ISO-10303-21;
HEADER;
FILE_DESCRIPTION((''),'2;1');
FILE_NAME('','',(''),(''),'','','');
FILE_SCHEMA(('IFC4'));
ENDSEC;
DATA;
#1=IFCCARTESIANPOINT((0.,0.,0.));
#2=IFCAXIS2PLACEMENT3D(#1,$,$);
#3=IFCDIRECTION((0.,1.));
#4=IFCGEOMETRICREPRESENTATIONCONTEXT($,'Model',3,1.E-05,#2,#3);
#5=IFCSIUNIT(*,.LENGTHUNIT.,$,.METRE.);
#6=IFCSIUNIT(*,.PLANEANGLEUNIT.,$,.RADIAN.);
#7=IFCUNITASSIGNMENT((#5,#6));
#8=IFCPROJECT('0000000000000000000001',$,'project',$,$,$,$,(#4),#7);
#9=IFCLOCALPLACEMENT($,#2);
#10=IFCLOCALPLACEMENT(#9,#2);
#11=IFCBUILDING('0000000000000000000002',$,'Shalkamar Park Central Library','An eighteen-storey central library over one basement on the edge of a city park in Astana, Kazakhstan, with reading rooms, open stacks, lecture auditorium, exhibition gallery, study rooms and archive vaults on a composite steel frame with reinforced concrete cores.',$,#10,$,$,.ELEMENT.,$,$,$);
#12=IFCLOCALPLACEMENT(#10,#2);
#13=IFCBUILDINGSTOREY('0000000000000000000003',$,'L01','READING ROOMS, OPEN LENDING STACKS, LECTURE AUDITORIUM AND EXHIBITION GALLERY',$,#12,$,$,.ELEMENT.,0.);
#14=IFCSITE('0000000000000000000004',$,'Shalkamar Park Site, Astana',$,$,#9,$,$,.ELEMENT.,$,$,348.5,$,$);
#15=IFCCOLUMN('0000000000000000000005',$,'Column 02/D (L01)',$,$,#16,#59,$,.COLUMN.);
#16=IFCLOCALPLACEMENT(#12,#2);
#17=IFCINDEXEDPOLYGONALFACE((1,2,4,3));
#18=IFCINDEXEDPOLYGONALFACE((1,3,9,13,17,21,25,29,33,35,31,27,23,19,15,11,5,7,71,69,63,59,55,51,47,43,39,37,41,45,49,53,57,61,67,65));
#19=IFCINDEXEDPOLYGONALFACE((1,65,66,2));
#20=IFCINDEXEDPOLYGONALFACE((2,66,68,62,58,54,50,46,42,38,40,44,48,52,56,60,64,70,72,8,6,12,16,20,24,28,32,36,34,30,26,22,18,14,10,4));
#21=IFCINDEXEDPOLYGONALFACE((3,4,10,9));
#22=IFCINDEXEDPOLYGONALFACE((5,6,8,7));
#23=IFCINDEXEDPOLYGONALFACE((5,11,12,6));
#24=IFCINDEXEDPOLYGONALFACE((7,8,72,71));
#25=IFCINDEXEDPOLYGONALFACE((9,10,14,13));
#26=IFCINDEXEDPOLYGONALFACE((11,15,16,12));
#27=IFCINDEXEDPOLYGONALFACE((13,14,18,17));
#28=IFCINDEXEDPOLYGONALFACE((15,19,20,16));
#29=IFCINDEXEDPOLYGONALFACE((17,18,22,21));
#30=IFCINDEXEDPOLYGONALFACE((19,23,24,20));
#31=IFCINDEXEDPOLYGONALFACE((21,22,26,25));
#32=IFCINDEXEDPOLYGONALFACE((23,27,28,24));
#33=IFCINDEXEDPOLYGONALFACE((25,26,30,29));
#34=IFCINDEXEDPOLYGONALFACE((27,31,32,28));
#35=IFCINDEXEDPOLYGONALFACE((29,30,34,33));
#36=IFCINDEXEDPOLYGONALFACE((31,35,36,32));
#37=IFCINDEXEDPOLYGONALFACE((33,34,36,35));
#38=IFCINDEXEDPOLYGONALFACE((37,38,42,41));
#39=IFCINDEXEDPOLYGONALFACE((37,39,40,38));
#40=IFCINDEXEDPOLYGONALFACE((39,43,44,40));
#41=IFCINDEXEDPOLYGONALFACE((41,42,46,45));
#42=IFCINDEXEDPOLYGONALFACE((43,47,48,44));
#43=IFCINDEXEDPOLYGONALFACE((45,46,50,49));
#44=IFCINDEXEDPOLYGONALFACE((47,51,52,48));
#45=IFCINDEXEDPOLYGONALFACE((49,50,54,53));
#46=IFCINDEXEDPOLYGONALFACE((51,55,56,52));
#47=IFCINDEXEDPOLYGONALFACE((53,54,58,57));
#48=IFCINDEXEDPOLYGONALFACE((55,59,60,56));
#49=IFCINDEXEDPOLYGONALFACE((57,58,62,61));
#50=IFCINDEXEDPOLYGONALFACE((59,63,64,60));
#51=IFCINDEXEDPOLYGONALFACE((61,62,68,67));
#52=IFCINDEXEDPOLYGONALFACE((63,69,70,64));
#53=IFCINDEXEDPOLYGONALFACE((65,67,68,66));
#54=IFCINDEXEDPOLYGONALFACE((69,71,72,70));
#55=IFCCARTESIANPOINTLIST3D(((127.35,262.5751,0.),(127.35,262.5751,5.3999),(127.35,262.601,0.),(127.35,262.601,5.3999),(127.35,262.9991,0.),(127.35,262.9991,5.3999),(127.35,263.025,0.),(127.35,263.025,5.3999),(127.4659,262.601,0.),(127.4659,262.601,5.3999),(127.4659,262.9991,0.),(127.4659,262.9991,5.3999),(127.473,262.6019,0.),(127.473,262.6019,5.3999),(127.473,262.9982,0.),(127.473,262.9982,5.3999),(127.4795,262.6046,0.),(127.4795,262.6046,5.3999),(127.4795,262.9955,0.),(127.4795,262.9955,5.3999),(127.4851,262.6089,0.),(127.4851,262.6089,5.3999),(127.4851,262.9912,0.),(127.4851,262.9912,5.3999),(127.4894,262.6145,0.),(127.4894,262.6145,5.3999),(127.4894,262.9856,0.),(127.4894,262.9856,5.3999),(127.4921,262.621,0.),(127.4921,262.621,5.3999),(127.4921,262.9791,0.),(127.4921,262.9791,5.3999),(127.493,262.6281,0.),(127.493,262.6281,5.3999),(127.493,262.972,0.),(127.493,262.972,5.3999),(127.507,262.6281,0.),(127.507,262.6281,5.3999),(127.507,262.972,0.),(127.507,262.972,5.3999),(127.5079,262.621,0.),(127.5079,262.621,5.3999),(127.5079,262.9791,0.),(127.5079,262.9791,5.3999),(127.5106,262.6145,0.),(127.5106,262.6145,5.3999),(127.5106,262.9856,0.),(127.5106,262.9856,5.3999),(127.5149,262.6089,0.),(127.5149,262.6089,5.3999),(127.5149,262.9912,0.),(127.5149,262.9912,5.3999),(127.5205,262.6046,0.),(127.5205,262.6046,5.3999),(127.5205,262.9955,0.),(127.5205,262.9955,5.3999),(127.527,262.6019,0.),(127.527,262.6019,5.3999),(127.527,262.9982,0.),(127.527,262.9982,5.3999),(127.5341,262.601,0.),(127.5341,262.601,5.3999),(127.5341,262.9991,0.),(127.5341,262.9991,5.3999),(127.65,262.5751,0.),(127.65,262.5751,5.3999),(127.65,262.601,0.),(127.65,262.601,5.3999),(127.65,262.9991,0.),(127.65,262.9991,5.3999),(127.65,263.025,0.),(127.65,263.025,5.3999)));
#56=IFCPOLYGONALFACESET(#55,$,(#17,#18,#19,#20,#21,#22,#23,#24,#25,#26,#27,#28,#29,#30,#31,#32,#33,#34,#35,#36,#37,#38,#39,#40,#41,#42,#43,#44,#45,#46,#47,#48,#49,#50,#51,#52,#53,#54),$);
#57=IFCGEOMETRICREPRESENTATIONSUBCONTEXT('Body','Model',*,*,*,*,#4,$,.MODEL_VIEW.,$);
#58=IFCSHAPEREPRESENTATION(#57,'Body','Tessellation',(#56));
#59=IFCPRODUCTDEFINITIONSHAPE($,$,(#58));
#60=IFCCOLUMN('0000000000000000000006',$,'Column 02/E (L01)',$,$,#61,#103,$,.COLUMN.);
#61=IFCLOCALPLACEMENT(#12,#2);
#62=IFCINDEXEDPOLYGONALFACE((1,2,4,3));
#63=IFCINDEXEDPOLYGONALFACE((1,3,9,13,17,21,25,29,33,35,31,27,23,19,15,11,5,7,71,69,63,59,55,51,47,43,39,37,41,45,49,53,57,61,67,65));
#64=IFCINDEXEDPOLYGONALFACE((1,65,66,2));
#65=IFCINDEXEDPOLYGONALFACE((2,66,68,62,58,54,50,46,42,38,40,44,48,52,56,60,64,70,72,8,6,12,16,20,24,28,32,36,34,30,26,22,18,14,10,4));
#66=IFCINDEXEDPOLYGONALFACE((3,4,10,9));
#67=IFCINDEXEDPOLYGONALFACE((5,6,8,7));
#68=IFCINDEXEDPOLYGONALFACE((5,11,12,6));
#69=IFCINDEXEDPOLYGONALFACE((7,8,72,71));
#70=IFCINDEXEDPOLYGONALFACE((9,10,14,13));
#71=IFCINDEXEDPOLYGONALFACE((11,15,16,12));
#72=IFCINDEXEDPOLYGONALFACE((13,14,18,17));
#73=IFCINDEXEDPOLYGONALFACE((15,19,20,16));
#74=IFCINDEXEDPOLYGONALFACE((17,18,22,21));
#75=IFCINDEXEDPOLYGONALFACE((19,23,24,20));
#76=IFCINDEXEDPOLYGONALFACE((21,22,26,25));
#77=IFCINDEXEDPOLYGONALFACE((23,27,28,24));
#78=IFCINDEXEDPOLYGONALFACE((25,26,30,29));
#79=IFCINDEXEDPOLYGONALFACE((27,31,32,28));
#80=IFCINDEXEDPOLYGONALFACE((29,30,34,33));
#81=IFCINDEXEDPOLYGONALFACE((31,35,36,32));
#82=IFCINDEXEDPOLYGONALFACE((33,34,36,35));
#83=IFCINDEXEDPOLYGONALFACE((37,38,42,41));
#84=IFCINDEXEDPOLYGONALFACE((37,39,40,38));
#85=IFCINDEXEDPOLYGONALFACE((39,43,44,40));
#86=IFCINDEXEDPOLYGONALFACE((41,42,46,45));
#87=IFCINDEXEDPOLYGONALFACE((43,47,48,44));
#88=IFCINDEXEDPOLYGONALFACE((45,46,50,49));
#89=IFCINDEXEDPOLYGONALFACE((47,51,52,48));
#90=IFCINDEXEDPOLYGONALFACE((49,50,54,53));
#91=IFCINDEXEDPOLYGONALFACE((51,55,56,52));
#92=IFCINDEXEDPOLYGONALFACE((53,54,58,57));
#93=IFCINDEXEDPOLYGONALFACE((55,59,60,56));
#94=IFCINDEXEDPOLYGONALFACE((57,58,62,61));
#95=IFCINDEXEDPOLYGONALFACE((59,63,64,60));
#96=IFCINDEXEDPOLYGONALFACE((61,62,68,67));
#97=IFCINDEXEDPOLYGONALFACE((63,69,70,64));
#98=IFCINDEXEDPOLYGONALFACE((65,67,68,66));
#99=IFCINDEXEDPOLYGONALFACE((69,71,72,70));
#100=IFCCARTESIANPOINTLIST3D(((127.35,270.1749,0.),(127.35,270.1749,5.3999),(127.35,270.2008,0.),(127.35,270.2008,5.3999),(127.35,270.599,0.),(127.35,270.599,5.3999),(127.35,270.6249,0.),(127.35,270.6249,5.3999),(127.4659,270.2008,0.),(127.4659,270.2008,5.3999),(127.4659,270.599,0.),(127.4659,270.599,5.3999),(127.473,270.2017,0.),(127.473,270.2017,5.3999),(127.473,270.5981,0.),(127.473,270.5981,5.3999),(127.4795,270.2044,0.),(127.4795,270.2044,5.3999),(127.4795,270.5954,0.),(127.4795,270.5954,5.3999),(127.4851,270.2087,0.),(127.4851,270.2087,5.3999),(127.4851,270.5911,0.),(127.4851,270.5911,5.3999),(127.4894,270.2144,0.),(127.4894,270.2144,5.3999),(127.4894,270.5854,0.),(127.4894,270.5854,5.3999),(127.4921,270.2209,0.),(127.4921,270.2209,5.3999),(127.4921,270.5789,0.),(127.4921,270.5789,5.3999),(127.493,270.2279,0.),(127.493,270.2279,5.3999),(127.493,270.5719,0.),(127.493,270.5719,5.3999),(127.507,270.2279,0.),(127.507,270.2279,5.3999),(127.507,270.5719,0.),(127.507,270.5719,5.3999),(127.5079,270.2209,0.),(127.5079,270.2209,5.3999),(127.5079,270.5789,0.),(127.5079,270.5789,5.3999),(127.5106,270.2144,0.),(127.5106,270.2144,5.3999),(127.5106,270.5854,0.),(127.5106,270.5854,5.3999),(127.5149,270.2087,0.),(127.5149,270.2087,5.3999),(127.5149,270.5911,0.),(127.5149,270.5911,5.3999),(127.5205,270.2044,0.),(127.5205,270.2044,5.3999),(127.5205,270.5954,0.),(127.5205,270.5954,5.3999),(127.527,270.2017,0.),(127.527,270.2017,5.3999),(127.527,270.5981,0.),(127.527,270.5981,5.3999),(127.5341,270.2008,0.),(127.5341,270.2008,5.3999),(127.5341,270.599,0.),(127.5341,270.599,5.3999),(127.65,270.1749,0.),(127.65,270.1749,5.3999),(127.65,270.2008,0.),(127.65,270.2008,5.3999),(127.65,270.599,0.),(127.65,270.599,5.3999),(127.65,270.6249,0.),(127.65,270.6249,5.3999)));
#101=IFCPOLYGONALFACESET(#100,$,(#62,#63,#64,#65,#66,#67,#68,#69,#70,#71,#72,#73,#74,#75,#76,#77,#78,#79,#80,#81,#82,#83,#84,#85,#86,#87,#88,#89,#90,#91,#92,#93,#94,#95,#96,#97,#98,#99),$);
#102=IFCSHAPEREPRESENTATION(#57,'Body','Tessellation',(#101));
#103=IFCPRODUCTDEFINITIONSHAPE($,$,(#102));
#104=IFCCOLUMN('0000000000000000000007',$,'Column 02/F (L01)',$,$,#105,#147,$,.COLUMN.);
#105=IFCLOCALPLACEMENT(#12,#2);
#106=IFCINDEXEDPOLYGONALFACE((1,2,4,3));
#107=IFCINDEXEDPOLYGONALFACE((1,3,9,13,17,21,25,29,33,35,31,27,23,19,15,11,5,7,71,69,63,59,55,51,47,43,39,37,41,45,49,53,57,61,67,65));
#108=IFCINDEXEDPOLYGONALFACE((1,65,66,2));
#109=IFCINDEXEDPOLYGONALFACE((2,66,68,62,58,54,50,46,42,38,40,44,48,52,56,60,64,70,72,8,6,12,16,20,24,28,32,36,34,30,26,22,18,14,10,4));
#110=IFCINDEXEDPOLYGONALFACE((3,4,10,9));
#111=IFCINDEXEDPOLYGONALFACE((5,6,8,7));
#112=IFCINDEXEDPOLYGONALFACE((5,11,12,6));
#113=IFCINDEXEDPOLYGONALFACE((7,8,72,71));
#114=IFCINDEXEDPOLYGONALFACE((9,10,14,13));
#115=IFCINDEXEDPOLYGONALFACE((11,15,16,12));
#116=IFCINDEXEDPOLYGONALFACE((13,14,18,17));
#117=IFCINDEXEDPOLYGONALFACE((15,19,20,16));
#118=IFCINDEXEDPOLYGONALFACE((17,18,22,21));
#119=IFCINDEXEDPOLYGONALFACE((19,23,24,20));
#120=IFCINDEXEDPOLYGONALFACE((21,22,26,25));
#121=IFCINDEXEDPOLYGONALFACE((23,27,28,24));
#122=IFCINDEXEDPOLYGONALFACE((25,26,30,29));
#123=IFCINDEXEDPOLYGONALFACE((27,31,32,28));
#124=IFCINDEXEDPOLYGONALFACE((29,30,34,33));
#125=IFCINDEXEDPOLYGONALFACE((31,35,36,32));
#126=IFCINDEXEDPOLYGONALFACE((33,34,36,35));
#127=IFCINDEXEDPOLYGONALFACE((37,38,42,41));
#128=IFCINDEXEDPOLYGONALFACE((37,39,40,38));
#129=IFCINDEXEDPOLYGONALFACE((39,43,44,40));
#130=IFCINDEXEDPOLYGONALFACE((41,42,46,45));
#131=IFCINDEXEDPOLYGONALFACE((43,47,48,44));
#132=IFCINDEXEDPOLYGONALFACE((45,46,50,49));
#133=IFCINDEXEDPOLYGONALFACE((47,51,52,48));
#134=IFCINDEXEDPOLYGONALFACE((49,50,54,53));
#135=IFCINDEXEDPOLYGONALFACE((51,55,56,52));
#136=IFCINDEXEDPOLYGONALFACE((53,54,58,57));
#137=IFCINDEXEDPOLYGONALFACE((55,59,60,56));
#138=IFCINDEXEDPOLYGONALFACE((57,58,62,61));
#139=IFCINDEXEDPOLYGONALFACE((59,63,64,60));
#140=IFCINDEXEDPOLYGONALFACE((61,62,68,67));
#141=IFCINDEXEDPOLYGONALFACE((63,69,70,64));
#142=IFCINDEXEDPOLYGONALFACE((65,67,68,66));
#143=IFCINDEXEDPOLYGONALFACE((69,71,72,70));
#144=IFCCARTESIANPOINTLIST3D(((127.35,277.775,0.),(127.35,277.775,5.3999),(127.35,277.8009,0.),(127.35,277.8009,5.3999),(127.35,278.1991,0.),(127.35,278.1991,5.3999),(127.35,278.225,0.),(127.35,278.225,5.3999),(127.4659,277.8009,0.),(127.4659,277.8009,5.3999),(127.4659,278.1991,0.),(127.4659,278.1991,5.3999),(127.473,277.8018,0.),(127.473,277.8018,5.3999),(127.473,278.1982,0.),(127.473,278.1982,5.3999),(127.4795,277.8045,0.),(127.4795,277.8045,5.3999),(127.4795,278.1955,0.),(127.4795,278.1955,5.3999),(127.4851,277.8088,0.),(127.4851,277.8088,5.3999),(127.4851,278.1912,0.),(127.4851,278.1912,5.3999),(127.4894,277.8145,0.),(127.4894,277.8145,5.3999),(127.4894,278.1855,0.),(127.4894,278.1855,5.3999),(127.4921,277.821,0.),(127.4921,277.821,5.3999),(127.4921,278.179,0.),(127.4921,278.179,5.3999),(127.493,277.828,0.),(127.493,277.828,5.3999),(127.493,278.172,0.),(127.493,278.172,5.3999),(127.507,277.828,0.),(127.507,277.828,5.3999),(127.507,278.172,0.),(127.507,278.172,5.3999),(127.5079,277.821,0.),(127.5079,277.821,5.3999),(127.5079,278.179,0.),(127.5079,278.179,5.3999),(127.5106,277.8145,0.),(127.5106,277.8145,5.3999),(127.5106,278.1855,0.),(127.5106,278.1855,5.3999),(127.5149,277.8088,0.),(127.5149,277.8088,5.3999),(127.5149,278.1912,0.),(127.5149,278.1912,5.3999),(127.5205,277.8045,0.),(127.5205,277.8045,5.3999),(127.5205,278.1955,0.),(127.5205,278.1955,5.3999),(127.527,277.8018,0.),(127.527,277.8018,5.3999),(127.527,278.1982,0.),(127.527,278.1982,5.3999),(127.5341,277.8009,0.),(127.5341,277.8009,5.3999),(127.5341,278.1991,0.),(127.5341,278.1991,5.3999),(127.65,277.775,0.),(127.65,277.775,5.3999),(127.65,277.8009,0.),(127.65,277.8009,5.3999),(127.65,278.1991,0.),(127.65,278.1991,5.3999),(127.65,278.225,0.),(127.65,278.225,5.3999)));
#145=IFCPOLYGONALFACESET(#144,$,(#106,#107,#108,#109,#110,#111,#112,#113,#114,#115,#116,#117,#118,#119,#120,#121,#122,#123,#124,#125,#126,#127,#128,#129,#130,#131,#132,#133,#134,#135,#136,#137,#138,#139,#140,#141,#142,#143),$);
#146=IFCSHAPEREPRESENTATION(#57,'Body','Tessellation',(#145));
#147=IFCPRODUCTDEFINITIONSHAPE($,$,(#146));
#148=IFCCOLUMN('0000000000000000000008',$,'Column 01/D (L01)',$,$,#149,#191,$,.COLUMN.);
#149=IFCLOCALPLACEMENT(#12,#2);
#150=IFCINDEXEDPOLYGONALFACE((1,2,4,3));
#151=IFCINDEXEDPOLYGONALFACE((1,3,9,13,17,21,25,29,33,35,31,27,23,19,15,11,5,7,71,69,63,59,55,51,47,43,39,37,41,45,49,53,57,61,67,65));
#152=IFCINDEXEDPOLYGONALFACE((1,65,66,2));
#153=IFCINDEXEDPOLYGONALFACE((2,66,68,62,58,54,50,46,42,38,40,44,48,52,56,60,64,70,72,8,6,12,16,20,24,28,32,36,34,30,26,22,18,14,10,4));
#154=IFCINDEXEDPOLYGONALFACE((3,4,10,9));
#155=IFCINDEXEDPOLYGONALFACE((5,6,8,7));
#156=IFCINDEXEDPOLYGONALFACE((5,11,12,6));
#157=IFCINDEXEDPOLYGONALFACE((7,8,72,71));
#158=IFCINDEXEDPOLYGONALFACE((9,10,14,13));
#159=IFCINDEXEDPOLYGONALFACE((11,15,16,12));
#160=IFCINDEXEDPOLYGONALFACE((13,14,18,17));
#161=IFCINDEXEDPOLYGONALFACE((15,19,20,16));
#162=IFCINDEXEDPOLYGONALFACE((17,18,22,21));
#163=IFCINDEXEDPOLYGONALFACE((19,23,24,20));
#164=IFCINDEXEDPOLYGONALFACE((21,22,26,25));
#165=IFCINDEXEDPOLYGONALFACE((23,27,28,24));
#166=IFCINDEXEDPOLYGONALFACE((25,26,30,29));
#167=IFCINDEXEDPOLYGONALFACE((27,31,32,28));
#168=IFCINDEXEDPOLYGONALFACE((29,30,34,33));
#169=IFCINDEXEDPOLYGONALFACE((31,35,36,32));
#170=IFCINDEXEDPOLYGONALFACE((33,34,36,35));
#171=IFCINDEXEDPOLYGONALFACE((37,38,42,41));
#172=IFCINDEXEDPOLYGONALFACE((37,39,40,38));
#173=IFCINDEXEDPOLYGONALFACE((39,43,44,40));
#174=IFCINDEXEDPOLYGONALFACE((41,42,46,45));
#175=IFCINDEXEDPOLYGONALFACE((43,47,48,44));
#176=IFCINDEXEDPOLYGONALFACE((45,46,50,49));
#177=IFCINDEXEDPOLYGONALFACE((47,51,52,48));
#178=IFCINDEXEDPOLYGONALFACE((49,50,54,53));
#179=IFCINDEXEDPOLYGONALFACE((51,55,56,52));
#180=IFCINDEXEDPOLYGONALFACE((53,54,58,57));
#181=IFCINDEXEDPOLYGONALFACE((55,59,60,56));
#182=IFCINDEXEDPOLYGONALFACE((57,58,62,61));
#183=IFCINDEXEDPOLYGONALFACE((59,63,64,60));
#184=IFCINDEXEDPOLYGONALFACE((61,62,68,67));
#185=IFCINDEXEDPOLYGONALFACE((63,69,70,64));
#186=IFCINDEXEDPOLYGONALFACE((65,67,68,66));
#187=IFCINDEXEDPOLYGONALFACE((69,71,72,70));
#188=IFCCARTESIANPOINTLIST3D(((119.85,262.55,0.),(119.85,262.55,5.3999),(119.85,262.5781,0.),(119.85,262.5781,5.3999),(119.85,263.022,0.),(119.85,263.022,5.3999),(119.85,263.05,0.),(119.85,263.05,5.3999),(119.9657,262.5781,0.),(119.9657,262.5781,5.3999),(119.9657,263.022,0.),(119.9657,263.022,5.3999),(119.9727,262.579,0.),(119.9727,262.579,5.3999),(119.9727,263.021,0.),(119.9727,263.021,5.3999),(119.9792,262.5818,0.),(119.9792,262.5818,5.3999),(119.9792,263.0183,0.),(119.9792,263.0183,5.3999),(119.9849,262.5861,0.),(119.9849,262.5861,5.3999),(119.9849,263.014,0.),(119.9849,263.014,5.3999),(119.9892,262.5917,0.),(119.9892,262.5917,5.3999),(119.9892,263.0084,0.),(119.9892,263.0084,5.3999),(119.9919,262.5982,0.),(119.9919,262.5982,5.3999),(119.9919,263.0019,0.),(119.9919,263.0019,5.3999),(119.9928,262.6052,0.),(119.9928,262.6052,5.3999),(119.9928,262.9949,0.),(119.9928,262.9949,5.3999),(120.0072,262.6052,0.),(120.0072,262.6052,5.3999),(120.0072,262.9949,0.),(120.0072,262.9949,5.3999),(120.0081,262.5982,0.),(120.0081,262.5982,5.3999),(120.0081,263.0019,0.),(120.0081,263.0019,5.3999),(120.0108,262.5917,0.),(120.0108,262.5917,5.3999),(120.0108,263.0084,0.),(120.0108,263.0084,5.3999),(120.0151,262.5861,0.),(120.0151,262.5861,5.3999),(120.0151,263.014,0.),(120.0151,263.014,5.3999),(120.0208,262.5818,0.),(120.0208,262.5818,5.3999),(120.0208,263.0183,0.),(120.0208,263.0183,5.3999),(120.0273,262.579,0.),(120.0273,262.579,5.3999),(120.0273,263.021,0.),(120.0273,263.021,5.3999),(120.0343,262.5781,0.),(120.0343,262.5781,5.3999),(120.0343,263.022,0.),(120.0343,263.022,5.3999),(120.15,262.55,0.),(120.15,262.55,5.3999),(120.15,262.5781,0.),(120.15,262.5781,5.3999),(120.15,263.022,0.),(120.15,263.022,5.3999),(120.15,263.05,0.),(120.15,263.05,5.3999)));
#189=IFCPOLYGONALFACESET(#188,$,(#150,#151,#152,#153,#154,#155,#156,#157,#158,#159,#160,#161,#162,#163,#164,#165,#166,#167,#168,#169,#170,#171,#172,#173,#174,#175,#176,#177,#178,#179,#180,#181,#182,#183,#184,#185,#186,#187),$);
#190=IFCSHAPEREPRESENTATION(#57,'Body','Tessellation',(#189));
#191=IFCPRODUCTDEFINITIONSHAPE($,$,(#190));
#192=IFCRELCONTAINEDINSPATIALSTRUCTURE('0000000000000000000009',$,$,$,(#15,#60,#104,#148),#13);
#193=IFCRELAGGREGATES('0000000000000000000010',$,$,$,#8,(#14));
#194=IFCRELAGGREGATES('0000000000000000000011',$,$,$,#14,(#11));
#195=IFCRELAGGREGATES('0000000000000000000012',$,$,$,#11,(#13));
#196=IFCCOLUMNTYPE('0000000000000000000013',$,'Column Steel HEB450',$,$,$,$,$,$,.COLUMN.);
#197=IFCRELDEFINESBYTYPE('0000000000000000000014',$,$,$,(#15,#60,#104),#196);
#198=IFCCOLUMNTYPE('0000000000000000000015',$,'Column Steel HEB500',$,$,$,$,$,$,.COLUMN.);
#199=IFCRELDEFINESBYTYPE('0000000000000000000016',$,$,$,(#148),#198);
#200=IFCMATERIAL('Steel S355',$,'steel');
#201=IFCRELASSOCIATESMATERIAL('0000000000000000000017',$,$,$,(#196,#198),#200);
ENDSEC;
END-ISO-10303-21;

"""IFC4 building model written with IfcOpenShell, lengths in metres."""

from ifc_helpers import new_model, si_unit, direction, frame, origin, origin_2d, place, context, subcontext, project, spatial, i_section, extrude, material, material_profile, profile_set, type_object, element, save


model = new_model("IFC4")

# Units and contexts
model_context = context("Model", 3, precision=1e-05, world=origin(), true_north=direction((0.0, 1.0)))
body_context = subcontext(model_context, "Body", "Model", "MODEL_VIEW")
ifc_project = project(units=[si_unit("LENGTHUNIT", "METRE"), si_unit("PLANEANGLEUNIT", "RADIAN")], contexts=[model_context])

# Site, building, storey
site_placement = place(None, origin())
site = spatial("IfcSite", under=ifc_project, at=site_placement, Name="Shalkamar Park Site, Astana", CompositionType="ELEMENT", RefElevation=348.5)
building_placement = place(site_placement, origin())
building = spatial("IfcBuilding", under=site, at=building_placement, Name="Shalkamar Park Central Library", Description="An eighteen-storey central library over one basement on the edge of a city park in Astana, Kazakhstan, with reading rooms, open stacks, lecture auditorium, exhibition gallery, study rooms and archive vaults on a composite steel frame with reinforced concrete cores.", CompositionType="ELEMENT")
storey_placement = place(building_placement, origin())
storey = spatial("IfcBuildingStorey", under=building, at=storey_placement, Name="L01", Description="READING ROOMS, OPEN LENDING STACKS, LECTURE AUDITORIUM AND EXHIBITION GALLERY", CompositionType="ELEMENT", Elevation=0.0)

# Columns
ifc_material_1 = material(Name="Steel S355", Category="steel")
ifc_material_profile_1 = material_profile(ifc_material_1, i_section(OverallWidth=0.3, OverallDepth=0.45, WebThickness=0.0139, FlangeThickness=0.0259, FilletRadius=0.0271, at=origin_2d()), Name="HEB 450")
ifc_profile_set_1 = profile_set([ifc_material_profile_1], Name="Steel S355")
column_type_1 = type_object("IfcColumnType", Name="Column Steel HEB450", PredefinedType="COLUMN", material=ifc_profile_set_1)
for number, where, z_axis, x_axis, name in (
    (1, (127.5, 262.8, 0.0), (0.0, 0.0, 1.0), (1.0, 0.0, 0.0), "Column 02/D (L01)"),
    (2, (127.5, 270.3999, 0.0), (0.0, 0.0, 1.0), (1.0, 0.0, 0.0), "Column 02/E (L01)"),
    (3, (127.5, 278.0, 0.0), (0.0, 0.0, 1.0), (1.0, 0.0, 0.0), "Column 02/F (L01)"),
):
    element("IfcColumn", number, at=place(storey_placement, frame(where, z_axis=z_axis, x_axis=x_axis)), inside=storey, type_object=column_type_1, Name=name, PredefinedType="COLUMN", context=body_context, shape_type="SweptSolid", body=[
        extrude(i_section(OverallWidth=0.3, OverallDepth=0.45, WebThickness=0.0139, FlangeThickness=0.0259, FilletRadius=0.0271, at=origin_2d()), origin(), (0.0, 0.0, 1.0), 5.3999),
    ])
ifc_material_profile_2 = material_profile(ifc_material_1, i_section(OverallWidth=0.3, OverallDepth=0.5, WebThickness=0.0144, FlangeThickness=0.0281, FilletRadius=0.0271, at=origin_2d()), Name="HEB 500")
ifc_profile_set_2 = profile_set([ifc_material_profile_2], Name="Steel S355")
column_type_2 = type_object("IfcColumnType", Name="Column Steel HEB500", PredefinedType="COLUMN", material=ifc_profile_set_2)
for number, where, z_axis, x_axis, name in (
    (4, (120.0, 262.8, 0.0), (0.0, 0.0, 1.0), (1.0, 0.0, 0.0), "Column 01/D (L01)"),
):
    element("IfcColumn", number, at=place(storey_placement, frame(where, z_axis=z_axis, x_axis=x_axis)), inside=storey, type_object=column_type_2, Name=name, PredefinedType="COLUMN", context=body_context, shape_type="SweptSolid", body=[
        extrude(i_section(OverallWidth=0.3, OverallDepth=0.5, WebThickness=0.0144, FlangeThickness=0.0281, FilletRadius=0.0271, at=origin_2d()), origin(), (0.0, 0.0, 1.0), 5.3999),
    ])

save(model, "model.ifc")
